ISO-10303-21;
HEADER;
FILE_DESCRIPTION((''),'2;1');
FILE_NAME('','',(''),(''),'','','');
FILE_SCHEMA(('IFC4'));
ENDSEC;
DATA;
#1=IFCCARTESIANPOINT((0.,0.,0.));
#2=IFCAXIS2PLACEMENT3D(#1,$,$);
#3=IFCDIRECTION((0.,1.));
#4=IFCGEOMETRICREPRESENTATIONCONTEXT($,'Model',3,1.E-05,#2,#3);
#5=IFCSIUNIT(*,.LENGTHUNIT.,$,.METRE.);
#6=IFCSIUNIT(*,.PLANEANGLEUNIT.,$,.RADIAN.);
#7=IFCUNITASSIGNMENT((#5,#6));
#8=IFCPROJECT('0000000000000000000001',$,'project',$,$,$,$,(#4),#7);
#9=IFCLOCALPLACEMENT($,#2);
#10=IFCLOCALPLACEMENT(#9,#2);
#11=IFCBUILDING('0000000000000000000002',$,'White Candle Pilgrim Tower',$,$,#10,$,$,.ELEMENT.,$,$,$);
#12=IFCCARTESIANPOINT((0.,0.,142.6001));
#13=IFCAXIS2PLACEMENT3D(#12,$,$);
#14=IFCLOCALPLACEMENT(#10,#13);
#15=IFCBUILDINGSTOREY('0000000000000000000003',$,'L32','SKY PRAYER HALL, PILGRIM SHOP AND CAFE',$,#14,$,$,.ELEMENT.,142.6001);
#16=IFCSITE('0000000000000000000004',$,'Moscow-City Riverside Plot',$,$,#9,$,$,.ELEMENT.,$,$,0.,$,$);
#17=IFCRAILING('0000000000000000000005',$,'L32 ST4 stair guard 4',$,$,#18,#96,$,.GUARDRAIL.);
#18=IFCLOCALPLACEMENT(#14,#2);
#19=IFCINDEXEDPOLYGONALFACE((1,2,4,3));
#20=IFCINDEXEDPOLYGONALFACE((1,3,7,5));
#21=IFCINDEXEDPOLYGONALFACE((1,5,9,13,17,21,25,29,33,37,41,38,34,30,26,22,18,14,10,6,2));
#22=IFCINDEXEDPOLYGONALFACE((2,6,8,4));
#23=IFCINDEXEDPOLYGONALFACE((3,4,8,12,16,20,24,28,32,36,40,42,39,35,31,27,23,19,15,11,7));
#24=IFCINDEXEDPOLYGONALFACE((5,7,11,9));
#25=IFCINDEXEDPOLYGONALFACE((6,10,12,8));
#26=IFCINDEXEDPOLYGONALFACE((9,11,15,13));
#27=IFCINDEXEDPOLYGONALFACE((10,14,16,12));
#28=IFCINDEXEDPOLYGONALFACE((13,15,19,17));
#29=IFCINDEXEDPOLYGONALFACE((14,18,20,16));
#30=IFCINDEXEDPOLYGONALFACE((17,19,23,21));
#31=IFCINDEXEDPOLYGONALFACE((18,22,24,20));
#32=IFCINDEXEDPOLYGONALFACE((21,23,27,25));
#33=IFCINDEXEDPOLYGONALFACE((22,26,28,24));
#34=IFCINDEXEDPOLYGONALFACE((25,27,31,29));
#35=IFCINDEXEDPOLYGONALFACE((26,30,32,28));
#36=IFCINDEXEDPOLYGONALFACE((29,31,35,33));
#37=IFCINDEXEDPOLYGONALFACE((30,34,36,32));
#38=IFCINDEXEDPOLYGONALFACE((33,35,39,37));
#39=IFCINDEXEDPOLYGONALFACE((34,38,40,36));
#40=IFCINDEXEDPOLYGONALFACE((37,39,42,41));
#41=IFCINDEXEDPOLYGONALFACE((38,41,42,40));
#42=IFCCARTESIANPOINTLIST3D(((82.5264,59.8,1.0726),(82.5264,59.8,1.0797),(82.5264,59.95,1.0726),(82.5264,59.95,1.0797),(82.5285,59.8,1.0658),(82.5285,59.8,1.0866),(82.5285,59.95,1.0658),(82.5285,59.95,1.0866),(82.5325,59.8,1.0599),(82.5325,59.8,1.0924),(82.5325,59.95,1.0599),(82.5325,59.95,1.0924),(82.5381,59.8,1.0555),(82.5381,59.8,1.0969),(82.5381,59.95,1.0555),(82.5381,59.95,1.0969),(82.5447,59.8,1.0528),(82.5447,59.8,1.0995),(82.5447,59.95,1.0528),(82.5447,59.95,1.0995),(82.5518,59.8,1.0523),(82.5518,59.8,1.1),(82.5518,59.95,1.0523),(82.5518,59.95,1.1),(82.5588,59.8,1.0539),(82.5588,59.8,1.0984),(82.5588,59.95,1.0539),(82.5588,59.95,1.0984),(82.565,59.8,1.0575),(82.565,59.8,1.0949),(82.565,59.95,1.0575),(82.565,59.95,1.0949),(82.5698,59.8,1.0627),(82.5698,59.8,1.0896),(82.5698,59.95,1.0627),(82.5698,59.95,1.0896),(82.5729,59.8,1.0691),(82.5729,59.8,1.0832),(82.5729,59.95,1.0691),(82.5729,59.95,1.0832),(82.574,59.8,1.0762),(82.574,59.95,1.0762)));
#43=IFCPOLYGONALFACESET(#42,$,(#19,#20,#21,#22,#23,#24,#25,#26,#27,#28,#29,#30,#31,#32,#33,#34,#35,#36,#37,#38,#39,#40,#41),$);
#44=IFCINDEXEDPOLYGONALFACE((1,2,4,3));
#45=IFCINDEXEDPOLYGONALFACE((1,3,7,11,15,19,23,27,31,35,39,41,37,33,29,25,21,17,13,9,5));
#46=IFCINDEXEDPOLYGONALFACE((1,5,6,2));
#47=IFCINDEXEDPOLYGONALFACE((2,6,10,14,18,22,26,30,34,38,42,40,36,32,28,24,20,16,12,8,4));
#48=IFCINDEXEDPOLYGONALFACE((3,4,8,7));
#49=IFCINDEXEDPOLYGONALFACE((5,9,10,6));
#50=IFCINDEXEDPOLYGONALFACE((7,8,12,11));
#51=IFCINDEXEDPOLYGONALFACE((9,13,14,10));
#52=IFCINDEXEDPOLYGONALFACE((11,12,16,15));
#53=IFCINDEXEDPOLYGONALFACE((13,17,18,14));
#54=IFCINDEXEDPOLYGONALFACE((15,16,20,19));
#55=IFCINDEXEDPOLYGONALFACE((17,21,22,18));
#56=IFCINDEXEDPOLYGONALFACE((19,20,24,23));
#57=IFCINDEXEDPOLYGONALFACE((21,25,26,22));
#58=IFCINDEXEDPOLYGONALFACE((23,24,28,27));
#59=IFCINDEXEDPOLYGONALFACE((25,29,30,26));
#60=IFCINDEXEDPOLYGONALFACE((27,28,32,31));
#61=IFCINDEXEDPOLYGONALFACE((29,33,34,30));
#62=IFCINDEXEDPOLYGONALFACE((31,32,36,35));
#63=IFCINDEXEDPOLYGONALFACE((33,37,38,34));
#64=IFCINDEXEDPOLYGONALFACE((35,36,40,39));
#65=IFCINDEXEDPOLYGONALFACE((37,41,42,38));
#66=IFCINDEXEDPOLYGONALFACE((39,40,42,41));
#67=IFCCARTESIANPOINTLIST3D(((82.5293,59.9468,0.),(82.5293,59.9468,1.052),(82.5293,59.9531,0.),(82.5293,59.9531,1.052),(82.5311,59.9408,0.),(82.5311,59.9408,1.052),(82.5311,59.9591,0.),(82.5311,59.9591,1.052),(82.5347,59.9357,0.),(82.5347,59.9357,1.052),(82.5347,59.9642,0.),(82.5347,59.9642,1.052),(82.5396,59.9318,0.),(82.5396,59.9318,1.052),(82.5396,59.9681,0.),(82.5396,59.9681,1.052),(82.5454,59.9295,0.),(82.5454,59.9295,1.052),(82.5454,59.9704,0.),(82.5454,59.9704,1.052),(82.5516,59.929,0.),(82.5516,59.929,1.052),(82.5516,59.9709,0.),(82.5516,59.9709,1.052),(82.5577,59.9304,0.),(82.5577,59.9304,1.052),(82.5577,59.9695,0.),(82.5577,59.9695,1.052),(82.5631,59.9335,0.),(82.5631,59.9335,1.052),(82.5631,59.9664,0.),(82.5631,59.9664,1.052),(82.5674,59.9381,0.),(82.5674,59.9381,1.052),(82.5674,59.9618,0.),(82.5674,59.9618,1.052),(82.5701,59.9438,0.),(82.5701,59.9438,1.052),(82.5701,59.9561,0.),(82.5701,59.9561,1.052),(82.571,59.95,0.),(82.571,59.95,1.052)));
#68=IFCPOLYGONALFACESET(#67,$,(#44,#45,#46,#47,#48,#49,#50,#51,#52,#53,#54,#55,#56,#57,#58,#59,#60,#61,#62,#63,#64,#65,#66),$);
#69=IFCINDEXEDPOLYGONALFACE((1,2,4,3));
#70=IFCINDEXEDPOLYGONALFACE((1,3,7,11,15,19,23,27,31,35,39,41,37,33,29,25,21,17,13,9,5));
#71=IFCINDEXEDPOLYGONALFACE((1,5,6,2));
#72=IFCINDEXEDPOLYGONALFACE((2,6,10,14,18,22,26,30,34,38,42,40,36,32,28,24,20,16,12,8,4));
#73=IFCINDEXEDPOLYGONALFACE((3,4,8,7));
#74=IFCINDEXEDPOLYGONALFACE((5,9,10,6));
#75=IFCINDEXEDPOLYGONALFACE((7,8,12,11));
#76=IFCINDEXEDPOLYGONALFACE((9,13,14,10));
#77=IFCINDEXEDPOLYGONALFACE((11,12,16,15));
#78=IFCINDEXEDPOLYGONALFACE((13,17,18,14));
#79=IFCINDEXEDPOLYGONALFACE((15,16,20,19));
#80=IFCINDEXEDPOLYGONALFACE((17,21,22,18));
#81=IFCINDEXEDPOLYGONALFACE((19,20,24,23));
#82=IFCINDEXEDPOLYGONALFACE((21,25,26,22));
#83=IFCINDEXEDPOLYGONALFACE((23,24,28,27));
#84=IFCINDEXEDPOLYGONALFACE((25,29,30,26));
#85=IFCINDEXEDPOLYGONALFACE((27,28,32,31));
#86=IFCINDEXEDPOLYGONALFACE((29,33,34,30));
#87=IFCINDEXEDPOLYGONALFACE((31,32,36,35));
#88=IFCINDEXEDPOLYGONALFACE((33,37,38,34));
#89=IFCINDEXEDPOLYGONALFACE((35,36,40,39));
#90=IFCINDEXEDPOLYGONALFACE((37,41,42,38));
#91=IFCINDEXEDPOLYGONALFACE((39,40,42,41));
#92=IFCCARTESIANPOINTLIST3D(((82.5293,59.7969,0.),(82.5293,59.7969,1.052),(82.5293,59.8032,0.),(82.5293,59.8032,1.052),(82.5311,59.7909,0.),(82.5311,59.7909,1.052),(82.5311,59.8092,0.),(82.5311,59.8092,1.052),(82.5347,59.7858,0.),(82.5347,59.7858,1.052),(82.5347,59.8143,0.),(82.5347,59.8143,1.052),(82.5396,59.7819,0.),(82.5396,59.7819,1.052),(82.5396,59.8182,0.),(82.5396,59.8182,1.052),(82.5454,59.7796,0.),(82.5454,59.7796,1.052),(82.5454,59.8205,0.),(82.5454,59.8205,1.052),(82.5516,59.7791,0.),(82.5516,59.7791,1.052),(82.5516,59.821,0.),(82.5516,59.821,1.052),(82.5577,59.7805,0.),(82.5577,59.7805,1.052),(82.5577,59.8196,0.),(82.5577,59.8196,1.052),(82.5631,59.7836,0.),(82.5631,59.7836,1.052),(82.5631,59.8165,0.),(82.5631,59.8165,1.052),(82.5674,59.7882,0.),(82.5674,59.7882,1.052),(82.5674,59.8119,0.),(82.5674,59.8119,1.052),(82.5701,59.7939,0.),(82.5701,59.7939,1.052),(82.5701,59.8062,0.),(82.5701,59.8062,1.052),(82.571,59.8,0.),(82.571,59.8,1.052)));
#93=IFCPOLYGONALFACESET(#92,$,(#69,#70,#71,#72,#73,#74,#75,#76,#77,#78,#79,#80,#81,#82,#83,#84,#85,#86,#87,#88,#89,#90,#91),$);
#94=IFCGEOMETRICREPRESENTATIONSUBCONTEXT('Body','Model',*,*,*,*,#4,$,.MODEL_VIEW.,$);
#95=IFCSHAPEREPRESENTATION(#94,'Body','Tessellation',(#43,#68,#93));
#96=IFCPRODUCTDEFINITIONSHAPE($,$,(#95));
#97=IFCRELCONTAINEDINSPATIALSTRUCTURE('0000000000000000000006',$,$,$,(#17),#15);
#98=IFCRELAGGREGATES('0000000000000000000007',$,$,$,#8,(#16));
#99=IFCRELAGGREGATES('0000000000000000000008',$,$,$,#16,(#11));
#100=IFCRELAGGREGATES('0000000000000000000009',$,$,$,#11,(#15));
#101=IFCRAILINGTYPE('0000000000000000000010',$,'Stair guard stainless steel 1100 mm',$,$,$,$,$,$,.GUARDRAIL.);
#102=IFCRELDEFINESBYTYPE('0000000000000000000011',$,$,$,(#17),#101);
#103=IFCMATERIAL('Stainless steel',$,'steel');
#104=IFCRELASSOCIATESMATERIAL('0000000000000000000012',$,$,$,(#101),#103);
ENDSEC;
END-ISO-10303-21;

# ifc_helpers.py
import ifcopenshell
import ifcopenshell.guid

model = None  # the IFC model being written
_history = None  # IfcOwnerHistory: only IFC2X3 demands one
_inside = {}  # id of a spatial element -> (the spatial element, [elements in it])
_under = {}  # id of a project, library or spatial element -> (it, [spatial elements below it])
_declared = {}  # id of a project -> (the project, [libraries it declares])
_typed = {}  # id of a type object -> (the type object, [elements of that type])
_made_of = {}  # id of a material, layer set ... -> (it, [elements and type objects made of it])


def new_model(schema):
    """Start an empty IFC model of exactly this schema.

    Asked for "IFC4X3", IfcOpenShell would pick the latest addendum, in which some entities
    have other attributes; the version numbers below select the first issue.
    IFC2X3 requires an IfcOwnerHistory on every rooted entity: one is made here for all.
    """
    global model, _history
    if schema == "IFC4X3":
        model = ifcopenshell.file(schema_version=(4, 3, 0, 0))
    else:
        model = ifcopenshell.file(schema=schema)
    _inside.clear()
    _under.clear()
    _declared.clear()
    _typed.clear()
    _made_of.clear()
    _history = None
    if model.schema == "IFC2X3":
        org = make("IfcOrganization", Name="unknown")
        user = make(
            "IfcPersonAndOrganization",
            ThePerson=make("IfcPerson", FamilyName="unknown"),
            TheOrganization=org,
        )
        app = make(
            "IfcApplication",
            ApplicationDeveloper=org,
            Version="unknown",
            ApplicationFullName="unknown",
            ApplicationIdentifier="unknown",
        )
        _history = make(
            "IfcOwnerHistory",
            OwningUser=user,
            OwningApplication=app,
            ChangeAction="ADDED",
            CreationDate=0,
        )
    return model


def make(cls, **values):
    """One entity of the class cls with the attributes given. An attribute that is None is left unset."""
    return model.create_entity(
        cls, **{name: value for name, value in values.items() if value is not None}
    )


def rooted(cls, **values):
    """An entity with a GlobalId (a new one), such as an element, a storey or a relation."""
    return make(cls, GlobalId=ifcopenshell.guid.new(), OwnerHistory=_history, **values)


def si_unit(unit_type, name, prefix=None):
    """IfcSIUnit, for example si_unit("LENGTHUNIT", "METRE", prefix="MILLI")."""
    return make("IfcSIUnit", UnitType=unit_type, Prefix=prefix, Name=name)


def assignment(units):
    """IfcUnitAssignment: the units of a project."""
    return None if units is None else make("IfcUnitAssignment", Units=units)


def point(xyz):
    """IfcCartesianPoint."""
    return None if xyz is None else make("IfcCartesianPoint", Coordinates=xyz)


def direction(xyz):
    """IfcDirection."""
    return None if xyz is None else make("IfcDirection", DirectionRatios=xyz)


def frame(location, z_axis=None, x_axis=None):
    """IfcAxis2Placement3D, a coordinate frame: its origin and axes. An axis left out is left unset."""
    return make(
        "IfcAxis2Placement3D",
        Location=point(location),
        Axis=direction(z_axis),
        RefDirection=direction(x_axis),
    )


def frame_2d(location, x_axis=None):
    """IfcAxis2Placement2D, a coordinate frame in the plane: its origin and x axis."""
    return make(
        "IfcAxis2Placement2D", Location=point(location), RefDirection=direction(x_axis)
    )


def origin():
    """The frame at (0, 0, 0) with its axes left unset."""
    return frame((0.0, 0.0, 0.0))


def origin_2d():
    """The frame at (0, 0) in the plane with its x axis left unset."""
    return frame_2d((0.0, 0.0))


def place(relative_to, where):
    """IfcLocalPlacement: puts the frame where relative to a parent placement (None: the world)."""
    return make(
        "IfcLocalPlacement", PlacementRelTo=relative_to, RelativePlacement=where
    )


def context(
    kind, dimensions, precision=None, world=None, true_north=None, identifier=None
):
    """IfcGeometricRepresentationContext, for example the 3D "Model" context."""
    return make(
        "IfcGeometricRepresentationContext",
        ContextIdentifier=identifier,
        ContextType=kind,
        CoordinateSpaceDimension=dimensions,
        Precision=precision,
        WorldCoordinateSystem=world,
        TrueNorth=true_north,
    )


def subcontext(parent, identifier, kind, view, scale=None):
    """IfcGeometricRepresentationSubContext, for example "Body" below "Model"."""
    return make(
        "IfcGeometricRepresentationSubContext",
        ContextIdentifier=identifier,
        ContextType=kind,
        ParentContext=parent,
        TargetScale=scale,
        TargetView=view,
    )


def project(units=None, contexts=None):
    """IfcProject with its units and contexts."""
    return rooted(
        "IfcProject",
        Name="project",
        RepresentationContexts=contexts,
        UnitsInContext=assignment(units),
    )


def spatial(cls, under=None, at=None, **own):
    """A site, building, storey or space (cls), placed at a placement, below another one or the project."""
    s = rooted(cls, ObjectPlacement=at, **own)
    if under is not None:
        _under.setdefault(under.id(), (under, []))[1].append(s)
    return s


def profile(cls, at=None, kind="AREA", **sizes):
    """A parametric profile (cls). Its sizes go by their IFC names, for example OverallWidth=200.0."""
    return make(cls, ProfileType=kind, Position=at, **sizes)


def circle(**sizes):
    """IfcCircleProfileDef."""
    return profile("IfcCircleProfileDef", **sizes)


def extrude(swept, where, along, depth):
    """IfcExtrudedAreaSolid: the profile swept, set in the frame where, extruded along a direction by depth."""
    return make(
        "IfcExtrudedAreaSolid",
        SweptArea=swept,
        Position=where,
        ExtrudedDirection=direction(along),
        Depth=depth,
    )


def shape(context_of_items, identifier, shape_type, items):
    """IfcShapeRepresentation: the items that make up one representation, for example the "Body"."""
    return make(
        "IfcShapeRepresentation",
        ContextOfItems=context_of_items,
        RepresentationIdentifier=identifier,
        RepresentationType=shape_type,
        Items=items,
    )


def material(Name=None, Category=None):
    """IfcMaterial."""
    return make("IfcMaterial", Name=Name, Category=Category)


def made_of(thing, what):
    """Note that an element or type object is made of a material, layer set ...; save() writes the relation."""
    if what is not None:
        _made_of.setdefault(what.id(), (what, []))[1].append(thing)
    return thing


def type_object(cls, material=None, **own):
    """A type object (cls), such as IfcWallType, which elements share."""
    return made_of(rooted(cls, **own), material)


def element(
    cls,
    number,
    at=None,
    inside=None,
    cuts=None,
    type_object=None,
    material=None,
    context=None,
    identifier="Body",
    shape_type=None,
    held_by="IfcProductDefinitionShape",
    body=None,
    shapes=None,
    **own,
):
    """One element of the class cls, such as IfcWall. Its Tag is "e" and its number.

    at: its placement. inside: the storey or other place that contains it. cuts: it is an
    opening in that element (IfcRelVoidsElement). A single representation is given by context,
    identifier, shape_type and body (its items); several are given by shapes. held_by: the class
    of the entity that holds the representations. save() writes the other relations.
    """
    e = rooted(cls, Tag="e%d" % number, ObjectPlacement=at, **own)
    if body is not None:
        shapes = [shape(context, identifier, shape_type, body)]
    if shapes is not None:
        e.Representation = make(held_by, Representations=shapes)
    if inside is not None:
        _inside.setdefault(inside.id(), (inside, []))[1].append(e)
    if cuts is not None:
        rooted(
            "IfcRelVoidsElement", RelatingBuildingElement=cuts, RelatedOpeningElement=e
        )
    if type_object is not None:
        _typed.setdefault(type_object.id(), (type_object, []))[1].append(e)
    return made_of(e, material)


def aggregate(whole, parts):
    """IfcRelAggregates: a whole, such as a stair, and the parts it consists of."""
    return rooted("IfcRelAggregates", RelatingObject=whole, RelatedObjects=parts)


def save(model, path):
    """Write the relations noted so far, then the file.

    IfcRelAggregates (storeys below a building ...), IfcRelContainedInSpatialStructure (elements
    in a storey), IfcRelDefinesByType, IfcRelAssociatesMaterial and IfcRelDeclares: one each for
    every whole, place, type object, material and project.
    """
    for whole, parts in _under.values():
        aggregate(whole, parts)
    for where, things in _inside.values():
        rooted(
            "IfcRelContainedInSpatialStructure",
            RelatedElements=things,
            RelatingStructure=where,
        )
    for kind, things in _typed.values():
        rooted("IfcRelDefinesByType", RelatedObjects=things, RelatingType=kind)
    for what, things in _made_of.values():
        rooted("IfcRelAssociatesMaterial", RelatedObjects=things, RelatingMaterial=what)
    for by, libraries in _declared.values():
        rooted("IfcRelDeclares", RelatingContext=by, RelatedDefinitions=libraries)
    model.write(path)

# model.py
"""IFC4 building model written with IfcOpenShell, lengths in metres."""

from ifc_helpers import new_model, si_unit, direction, frame, origin, origin_2d, place, context, subcontext, project, spatial, circle, extrude, material, type_object, element, save


model = new_model("IFC4")

# Units and contexts
model_context = context("Model", 3, precision=1e-05, world=origin(), true_north=direction((0.0, 1.0)))
body_context = subcontext(model_context, "Body", "Model", "MODEL_VIEW")
ifc_project = project(units=[si_unit("LENGTHUNIT", "METRE"), si_unit("PLANEANGLEUNIT", "RADIAN")], contexts=[model_context])

# Site, building, storey
site_placement = place(None, origin())
site = spatial("IfcSite", under=ifc_project, at=site_placement, Name="Moscow-City Riverside Plot", CompositionType="ELEMENT", RefElevation=0.0)
building_placement = place(site_placement, origin())
building = spatial("IfcBuilding", under=site, at=building_placement, Name="White Candle Pilgrim Tower", CompositionType="ELEMENT")
storey_placement = place(building_placement, frame((0.0, 0.0, 142.6001)))
storey = spatial("IfcBuildingStorey", under=building, at=storey_placement, Name="L32", Description="SKY PRAYER HALL, PILGRIM SHOP AND CAFE", CompositionType="ELEMENT", Elevation=142.6001)

# Railing
ifc_material_1 = material(Name="Stainless steel", Category="steel")
railing_type = type_object("IfcRailingType", Name="Stair guard stainless steel 1100 mm", PredefinedType="GUARDRAIL", material=ifc_material_1)
railing_placement = place(storey_placement, frame((82.55, 59.95, 0.0)))
element("IfcRailing", 1, at=railing_placement, inside=storey, type_object=railing_type, Name="L32 ST4 stair guard 4", PredefinedType="GUARDRAIL", context=body_context, shape_type="SweptSolid", body=[
    extrude(circle(Radius=0.0239, at=origin_2d()), frame((0.0, 0.0, 1.0762), z_axis=(0.0, -1.0, 0.0), x_axis=(1.0, 0.0, 0.0)), (0.0, 0.0, 1.0), 0.1499),
    extrude(circle(Radius=0.021, at=origin_2d()), origin(), (0.0, 0.0, 1.0), 1.052),
    extrude(circle(Radius=0.021, at=origin_2d()), frame((0.0, -0.1499, 0.0)), (0.0, 0.0, 1.0), 1.052),
])

save(model, "model.ifc")
